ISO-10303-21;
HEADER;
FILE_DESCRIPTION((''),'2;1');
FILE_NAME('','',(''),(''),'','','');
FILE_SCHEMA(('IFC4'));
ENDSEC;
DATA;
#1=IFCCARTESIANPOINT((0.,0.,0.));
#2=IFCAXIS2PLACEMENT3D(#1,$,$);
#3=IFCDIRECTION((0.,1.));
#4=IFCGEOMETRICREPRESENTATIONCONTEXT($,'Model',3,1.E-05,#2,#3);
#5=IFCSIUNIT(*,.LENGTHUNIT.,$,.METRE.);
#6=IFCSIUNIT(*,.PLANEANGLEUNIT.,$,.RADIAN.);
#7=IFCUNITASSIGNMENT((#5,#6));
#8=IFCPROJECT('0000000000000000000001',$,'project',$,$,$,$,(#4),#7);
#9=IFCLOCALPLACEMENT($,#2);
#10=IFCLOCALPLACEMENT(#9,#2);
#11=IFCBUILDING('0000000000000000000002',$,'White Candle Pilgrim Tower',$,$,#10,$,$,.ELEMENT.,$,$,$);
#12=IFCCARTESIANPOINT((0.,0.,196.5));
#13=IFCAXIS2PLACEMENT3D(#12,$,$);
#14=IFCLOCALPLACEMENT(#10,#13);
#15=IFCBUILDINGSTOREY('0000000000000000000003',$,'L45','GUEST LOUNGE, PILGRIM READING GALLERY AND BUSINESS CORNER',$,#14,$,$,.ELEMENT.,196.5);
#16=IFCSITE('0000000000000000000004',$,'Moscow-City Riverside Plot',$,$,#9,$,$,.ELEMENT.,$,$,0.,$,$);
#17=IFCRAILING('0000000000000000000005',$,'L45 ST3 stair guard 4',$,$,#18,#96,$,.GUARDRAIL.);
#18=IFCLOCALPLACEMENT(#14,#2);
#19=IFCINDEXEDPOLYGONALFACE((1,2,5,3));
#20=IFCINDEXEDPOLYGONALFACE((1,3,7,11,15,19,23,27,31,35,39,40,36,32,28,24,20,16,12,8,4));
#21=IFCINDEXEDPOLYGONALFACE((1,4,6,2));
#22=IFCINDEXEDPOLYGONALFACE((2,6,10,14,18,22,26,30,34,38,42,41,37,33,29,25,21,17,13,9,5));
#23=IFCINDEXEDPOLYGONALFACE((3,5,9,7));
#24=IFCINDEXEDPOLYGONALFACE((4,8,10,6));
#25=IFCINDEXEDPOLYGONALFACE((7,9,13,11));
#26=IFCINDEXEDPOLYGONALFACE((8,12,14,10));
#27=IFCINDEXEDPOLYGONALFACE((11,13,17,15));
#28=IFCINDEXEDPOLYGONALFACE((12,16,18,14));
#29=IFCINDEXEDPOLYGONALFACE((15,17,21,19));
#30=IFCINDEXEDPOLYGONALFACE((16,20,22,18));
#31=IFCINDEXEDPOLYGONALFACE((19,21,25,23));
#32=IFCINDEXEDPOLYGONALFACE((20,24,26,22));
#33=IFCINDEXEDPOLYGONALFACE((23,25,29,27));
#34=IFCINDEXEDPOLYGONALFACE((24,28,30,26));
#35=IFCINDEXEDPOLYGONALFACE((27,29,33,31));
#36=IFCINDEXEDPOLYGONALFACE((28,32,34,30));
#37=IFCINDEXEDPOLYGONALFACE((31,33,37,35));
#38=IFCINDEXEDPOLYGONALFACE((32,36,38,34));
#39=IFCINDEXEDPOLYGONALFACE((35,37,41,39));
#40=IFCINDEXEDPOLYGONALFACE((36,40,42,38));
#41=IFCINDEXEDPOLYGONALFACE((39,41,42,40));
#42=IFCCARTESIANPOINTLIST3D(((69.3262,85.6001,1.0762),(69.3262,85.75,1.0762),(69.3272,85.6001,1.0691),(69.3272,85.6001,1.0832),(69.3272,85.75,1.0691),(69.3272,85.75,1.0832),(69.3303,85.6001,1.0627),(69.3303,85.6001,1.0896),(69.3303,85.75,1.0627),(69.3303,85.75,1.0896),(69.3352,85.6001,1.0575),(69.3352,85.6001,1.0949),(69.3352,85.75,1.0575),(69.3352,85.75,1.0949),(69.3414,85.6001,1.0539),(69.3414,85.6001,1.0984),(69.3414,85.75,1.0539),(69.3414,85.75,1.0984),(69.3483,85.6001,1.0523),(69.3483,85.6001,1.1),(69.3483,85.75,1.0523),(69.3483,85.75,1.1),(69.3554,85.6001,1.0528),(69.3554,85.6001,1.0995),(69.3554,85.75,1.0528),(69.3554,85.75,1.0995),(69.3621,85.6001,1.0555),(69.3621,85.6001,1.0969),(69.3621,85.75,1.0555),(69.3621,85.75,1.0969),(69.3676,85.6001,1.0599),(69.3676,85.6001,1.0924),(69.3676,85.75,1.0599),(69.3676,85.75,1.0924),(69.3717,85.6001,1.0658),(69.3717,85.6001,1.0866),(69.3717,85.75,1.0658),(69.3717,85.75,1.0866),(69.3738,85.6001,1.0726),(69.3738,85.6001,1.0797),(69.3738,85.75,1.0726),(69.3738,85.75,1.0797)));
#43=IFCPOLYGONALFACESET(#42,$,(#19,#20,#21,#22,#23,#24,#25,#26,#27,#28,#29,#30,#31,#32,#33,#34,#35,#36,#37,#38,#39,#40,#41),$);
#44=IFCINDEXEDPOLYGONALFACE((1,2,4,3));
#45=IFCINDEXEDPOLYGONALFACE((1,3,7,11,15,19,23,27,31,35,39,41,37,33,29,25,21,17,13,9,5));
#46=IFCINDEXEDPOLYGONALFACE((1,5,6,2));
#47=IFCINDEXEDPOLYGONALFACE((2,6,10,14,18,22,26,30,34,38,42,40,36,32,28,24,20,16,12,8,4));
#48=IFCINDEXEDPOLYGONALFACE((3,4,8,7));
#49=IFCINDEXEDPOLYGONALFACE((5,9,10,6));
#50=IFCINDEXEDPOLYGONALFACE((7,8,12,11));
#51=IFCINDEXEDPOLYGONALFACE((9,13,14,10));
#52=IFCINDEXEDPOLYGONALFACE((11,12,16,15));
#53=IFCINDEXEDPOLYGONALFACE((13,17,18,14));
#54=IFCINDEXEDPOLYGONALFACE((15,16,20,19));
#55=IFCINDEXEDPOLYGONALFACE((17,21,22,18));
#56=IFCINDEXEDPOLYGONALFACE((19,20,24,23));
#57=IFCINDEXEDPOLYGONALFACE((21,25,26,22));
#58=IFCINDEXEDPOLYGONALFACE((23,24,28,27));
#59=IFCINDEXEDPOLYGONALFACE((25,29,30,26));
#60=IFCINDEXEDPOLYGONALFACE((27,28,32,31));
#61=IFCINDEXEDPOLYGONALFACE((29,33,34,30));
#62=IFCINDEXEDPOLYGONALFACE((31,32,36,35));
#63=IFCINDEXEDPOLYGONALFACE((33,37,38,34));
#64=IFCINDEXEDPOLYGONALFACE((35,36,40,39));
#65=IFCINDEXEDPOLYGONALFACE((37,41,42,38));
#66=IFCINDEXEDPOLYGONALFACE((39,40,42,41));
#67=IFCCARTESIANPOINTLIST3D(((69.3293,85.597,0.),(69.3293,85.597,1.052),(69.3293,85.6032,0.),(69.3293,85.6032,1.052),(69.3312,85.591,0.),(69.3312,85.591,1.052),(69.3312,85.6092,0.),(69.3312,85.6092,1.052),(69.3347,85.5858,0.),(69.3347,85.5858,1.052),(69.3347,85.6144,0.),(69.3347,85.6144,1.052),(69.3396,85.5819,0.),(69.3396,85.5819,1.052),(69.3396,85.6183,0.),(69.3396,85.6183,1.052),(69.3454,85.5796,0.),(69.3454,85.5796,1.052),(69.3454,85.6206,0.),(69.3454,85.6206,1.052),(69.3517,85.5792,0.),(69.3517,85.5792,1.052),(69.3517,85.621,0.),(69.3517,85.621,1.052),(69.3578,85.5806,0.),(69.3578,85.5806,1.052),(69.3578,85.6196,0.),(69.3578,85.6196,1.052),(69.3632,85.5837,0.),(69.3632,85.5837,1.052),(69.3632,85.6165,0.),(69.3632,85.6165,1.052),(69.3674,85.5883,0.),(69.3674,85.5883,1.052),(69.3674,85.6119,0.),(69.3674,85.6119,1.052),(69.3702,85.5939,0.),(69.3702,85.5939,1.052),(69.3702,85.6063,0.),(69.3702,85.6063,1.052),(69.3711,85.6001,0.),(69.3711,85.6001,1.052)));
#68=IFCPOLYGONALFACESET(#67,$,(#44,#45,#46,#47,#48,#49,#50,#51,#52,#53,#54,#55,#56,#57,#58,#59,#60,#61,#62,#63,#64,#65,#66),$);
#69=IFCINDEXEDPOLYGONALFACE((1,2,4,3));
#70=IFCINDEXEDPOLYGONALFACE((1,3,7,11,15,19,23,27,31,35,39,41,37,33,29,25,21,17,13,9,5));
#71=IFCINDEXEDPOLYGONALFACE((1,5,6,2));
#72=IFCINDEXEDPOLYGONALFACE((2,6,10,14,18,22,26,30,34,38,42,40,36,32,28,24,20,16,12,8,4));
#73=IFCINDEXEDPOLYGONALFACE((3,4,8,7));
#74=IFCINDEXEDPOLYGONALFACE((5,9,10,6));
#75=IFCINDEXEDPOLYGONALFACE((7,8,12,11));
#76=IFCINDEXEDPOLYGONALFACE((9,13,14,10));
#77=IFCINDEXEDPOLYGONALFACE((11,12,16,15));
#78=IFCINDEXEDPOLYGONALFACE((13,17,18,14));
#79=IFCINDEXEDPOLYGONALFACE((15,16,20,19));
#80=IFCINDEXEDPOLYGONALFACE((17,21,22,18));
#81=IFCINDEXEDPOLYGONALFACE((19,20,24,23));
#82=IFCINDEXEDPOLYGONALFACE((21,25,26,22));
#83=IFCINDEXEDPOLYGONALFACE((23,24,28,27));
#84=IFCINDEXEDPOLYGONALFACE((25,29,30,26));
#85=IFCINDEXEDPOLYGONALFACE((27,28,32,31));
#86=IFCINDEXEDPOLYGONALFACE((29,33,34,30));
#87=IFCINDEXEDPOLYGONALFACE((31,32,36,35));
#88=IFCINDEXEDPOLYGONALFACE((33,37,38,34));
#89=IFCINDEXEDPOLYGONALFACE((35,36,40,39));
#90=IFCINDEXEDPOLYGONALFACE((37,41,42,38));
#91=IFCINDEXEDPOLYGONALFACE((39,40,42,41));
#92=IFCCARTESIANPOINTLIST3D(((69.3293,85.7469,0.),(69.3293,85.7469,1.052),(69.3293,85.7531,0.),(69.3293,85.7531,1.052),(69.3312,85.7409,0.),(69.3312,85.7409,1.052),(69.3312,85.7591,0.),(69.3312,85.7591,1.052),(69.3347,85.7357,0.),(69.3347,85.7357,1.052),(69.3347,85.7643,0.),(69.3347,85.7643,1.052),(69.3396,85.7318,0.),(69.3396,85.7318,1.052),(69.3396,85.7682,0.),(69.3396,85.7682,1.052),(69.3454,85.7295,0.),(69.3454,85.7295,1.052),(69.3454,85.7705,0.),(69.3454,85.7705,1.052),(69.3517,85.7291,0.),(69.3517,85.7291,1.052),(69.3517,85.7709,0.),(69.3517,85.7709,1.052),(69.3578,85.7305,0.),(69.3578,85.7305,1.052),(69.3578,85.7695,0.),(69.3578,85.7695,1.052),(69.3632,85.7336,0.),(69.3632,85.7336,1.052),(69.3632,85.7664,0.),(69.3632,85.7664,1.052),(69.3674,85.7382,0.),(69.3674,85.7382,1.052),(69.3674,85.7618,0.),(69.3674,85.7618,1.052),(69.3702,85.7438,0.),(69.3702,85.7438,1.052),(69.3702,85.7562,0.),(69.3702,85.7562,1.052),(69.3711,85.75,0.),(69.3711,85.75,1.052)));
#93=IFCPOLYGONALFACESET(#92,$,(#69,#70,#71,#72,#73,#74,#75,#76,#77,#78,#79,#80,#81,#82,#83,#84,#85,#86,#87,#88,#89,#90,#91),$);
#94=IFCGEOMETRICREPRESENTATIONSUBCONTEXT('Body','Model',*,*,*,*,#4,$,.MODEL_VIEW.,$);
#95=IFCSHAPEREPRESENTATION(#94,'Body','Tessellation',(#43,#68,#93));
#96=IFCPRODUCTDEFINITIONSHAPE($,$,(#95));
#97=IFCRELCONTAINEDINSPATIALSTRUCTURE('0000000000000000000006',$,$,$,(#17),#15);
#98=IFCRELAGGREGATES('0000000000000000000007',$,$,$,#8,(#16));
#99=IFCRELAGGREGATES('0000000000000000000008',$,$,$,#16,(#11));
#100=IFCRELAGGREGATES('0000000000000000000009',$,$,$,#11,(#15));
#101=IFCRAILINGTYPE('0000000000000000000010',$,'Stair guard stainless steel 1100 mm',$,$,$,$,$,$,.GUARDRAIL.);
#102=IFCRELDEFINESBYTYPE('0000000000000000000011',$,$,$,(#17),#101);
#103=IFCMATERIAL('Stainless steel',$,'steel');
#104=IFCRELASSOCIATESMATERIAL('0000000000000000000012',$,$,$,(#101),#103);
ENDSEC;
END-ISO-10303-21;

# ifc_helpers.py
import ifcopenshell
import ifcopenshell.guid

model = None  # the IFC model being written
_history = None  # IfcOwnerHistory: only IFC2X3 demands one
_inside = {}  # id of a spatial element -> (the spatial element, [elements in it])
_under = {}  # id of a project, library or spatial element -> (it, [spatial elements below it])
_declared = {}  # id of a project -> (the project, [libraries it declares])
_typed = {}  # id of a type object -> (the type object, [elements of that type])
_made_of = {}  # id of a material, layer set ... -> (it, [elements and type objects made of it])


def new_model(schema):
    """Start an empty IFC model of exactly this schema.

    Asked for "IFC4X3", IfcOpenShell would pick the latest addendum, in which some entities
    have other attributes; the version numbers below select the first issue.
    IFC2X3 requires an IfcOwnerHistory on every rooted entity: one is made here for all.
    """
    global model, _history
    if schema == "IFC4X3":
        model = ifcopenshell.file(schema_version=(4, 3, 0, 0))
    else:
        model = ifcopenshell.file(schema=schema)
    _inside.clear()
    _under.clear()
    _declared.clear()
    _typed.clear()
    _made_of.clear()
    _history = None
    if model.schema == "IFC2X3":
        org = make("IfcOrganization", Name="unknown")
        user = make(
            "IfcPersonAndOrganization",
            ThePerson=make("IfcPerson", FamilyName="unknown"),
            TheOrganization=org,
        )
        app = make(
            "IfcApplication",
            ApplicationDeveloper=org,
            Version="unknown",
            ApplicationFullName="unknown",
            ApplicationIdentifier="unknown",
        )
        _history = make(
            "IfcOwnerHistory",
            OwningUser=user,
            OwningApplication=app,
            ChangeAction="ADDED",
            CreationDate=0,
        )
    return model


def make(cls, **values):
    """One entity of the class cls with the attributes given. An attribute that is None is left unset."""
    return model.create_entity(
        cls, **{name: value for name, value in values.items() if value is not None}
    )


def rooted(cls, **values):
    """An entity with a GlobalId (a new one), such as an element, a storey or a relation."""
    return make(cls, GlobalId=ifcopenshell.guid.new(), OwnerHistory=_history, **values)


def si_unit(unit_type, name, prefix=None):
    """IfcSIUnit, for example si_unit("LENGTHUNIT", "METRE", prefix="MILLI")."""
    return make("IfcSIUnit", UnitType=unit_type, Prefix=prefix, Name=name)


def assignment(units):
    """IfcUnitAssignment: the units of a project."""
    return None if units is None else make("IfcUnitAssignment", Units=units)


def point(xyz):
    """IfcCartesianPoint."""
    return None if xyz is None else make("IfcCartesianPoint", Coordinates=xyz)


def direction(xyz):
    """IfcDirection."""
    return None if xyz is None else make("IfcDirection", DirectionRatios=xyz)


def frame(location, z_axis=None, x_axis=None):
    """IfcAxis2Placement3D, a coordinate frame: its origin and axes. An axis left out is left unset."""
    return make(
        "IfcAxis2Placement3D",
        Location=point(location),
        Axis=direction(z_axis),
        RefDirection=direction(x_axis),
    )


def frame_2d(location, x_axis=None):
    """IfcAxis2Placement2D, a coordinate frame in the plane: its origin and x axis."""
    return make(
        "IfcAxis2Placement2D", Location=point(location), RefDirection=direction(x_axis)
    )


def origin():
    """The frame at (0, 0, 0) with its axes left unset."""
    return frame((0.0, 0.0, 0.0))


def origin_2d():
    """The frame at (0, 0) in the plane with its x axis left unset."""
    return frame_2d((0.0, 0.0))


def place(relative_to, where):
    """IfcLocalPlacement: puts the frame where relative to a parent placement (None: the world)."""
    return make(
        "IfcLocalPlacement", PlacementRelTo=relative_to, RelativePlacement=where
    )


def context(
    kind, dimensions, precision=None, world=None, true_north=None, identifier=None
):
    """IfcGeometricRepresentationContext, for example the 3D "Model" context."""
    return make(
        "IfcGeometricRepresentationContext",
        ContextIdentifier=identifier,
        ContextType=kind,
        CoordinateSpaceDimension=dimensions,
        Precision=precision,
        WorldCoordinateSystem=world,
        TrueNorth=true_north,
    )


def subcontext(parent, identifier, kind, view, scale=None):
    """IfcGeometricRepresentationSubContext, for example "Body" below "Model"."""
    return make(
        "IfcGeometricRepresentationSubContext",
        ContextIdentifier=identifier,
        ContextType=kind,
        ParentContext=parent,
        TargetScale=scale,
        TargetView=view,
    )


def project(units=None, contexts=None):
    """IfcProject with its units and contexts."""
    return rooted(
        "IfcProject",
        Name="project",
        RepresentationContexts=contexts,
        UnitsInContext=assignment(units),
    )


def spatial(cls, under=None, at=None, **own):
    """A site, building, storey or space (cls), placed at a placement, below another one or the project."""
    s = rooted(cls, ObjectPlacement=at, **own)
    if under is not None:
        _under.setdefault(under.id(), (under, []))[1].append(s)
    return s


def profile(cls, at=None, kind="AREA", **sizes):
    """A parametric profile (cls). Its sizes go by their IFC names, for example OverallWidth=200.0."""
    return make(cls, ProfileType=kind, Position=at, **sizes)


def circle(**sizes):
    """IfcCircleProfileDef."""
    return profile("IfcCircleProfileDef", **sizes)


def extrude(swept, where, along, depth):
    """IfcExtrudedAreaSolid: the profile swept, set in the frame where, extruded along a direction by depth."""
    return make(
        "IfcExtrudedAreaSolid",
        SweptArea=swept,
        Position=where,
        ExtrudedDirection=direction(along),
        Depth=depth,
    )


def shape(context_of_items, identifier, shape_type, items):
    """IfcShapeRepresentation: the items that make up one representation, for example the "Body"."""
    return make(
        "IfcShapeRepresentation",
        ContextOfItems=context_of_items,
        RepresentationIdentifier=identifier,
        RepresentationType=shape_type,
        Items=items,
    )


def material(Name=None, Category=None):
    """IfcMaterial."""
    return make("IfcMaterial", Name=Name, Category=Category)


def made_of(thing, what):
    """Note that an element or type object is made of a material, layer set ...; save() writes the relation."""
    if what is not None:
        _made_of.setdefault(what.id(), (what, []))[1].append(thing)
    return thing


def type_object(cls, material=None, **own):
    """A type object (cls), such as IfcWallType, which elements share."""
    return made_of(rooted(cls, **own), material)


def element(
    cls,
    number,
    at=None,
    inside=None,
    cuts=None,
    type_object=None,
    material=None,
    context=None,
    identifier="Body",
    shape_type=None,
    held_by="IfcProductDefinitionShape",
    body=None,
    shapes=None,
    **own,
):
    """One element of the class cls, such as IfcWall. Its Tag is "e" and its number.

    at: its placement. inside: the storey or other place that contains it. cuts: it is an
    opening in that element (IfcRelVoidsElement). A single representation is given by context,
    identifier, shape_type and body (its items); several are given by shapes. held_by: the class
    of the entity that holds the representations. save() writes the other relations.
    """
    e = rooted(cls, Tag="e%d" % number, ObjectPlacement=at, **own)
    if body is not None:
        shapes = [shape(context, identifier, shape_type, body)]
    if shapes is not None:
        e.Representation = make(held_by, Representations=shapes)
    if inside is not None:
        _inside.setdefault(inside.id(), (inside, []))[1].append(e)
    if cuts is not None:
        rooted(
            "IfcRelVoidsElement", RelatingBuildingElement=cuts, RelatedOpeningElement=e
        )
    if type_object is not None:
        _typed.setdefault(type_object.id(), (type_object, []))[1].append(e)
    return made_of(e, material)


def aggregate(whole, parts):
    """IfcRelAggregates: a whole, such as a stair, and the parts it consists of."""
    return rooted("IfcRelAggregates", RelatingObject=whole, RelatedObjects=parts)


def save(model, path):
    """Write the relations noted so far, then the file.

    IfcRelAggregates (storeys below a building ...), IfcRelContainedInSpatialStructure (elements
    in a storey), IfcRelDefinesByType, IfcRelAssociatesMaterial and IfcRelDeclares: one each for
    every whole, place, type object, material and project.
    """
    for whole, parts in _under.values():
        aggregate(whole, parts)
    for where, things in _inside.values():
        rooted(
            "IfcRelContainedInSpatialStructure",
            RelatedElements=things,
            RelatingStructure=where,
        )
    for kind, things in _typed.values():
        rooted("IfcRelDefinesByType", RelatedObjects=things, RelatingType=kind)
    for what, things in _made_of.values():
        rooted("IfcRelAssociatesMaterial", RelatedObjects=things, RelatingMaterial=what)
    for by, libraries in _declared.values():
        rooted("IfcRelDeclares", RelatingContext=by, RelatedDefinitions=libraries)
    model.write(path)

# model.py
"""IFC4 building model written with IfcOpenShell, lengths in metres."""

from ifc_helpers import new_model, si_unit, direction, frame, origin, origin_2d, place, context, subcontext, project, spatial, circle, extrude, material, type_object, element, save


model = new_model("IFC4")

# Units and contexts
model_context = context("Model", 3, precision=1e-05, world=origin(), true_north=direction((0.0, 1.0)))
body_context = subcontext(model_context, "Body", "Model", "MODEL_VIEW")
ifc_project = project(units=[si_unit("LENGTHUNIT", "METRE"), si_unit("PLANEANGLEUNIT", "RADIAN")], contexts=[model_context])

# Site, building, storey
site_placement = place(None, origin())
site = spatial("IfcSite", under=ifc_project, at=site_placement, Name="Moscow-City Riverside Plot", CompositionType="ELEMENT", RefElevation=0.0)
building_placement = place(site_placement, origin())
building = spatial("IfcBuilding", under=site, at=building_placement, Name="White Candle Pilgrim Tower", CompositionType="ELEMENT")
storey_placement = place(building_placement, frame((0.0, 0.0, 196.5)))
storey = spatial("IfcBuildingStorey", under=building, at=storey_placement, Name="L45", Description="GUEST LOUNGE, PILGRIM READING GALLERY AND BUSINESS CORNER", CompositionType="ELEMENT", Elevation=196.5)

# Railing
ifc_material_1 = material(Name="Stainless steel", Category="steel")
railing_type_1 = type_object("IfcRailingType", Name="Stair guard stainless steel 1100 mm", PredefinedType="GUARDRAIL", material=ifc_material_1)
railing_1_placement = place(storey_placement, frame((69.3501, 85.6001, 0.0)))
element("IfcRailing", 1, at=railing_1_placement, inside=storey, type_object=railing_type_1, Name="L45 ST3 stair guard 4", PredefinedType="GUARDRAIL", context=body_context, shape_type="SweptSolid", body=[
    extrude(circle(Radius=0.0239, at=origin_2d()), frame((0.0, 0.0, 1.0762), z_axis=(0.0, 1.0, 0.0), x_axis=(-1.0, 0.0, 0.0)), (0.0, 0.0, 1.0), 0.1499),
    extrude(circle(Radius=0.021, at=origin_2d()), origin(), (0.0, 0.0, 1.0), 1.052),
    extrude(circle(Radius=0.021, at=origin_2d()), frame((0.0, 0.1499, 0.0)), (0.0, 0.0, 1.0), 1.052),
])

save(model, "model.ifc")
